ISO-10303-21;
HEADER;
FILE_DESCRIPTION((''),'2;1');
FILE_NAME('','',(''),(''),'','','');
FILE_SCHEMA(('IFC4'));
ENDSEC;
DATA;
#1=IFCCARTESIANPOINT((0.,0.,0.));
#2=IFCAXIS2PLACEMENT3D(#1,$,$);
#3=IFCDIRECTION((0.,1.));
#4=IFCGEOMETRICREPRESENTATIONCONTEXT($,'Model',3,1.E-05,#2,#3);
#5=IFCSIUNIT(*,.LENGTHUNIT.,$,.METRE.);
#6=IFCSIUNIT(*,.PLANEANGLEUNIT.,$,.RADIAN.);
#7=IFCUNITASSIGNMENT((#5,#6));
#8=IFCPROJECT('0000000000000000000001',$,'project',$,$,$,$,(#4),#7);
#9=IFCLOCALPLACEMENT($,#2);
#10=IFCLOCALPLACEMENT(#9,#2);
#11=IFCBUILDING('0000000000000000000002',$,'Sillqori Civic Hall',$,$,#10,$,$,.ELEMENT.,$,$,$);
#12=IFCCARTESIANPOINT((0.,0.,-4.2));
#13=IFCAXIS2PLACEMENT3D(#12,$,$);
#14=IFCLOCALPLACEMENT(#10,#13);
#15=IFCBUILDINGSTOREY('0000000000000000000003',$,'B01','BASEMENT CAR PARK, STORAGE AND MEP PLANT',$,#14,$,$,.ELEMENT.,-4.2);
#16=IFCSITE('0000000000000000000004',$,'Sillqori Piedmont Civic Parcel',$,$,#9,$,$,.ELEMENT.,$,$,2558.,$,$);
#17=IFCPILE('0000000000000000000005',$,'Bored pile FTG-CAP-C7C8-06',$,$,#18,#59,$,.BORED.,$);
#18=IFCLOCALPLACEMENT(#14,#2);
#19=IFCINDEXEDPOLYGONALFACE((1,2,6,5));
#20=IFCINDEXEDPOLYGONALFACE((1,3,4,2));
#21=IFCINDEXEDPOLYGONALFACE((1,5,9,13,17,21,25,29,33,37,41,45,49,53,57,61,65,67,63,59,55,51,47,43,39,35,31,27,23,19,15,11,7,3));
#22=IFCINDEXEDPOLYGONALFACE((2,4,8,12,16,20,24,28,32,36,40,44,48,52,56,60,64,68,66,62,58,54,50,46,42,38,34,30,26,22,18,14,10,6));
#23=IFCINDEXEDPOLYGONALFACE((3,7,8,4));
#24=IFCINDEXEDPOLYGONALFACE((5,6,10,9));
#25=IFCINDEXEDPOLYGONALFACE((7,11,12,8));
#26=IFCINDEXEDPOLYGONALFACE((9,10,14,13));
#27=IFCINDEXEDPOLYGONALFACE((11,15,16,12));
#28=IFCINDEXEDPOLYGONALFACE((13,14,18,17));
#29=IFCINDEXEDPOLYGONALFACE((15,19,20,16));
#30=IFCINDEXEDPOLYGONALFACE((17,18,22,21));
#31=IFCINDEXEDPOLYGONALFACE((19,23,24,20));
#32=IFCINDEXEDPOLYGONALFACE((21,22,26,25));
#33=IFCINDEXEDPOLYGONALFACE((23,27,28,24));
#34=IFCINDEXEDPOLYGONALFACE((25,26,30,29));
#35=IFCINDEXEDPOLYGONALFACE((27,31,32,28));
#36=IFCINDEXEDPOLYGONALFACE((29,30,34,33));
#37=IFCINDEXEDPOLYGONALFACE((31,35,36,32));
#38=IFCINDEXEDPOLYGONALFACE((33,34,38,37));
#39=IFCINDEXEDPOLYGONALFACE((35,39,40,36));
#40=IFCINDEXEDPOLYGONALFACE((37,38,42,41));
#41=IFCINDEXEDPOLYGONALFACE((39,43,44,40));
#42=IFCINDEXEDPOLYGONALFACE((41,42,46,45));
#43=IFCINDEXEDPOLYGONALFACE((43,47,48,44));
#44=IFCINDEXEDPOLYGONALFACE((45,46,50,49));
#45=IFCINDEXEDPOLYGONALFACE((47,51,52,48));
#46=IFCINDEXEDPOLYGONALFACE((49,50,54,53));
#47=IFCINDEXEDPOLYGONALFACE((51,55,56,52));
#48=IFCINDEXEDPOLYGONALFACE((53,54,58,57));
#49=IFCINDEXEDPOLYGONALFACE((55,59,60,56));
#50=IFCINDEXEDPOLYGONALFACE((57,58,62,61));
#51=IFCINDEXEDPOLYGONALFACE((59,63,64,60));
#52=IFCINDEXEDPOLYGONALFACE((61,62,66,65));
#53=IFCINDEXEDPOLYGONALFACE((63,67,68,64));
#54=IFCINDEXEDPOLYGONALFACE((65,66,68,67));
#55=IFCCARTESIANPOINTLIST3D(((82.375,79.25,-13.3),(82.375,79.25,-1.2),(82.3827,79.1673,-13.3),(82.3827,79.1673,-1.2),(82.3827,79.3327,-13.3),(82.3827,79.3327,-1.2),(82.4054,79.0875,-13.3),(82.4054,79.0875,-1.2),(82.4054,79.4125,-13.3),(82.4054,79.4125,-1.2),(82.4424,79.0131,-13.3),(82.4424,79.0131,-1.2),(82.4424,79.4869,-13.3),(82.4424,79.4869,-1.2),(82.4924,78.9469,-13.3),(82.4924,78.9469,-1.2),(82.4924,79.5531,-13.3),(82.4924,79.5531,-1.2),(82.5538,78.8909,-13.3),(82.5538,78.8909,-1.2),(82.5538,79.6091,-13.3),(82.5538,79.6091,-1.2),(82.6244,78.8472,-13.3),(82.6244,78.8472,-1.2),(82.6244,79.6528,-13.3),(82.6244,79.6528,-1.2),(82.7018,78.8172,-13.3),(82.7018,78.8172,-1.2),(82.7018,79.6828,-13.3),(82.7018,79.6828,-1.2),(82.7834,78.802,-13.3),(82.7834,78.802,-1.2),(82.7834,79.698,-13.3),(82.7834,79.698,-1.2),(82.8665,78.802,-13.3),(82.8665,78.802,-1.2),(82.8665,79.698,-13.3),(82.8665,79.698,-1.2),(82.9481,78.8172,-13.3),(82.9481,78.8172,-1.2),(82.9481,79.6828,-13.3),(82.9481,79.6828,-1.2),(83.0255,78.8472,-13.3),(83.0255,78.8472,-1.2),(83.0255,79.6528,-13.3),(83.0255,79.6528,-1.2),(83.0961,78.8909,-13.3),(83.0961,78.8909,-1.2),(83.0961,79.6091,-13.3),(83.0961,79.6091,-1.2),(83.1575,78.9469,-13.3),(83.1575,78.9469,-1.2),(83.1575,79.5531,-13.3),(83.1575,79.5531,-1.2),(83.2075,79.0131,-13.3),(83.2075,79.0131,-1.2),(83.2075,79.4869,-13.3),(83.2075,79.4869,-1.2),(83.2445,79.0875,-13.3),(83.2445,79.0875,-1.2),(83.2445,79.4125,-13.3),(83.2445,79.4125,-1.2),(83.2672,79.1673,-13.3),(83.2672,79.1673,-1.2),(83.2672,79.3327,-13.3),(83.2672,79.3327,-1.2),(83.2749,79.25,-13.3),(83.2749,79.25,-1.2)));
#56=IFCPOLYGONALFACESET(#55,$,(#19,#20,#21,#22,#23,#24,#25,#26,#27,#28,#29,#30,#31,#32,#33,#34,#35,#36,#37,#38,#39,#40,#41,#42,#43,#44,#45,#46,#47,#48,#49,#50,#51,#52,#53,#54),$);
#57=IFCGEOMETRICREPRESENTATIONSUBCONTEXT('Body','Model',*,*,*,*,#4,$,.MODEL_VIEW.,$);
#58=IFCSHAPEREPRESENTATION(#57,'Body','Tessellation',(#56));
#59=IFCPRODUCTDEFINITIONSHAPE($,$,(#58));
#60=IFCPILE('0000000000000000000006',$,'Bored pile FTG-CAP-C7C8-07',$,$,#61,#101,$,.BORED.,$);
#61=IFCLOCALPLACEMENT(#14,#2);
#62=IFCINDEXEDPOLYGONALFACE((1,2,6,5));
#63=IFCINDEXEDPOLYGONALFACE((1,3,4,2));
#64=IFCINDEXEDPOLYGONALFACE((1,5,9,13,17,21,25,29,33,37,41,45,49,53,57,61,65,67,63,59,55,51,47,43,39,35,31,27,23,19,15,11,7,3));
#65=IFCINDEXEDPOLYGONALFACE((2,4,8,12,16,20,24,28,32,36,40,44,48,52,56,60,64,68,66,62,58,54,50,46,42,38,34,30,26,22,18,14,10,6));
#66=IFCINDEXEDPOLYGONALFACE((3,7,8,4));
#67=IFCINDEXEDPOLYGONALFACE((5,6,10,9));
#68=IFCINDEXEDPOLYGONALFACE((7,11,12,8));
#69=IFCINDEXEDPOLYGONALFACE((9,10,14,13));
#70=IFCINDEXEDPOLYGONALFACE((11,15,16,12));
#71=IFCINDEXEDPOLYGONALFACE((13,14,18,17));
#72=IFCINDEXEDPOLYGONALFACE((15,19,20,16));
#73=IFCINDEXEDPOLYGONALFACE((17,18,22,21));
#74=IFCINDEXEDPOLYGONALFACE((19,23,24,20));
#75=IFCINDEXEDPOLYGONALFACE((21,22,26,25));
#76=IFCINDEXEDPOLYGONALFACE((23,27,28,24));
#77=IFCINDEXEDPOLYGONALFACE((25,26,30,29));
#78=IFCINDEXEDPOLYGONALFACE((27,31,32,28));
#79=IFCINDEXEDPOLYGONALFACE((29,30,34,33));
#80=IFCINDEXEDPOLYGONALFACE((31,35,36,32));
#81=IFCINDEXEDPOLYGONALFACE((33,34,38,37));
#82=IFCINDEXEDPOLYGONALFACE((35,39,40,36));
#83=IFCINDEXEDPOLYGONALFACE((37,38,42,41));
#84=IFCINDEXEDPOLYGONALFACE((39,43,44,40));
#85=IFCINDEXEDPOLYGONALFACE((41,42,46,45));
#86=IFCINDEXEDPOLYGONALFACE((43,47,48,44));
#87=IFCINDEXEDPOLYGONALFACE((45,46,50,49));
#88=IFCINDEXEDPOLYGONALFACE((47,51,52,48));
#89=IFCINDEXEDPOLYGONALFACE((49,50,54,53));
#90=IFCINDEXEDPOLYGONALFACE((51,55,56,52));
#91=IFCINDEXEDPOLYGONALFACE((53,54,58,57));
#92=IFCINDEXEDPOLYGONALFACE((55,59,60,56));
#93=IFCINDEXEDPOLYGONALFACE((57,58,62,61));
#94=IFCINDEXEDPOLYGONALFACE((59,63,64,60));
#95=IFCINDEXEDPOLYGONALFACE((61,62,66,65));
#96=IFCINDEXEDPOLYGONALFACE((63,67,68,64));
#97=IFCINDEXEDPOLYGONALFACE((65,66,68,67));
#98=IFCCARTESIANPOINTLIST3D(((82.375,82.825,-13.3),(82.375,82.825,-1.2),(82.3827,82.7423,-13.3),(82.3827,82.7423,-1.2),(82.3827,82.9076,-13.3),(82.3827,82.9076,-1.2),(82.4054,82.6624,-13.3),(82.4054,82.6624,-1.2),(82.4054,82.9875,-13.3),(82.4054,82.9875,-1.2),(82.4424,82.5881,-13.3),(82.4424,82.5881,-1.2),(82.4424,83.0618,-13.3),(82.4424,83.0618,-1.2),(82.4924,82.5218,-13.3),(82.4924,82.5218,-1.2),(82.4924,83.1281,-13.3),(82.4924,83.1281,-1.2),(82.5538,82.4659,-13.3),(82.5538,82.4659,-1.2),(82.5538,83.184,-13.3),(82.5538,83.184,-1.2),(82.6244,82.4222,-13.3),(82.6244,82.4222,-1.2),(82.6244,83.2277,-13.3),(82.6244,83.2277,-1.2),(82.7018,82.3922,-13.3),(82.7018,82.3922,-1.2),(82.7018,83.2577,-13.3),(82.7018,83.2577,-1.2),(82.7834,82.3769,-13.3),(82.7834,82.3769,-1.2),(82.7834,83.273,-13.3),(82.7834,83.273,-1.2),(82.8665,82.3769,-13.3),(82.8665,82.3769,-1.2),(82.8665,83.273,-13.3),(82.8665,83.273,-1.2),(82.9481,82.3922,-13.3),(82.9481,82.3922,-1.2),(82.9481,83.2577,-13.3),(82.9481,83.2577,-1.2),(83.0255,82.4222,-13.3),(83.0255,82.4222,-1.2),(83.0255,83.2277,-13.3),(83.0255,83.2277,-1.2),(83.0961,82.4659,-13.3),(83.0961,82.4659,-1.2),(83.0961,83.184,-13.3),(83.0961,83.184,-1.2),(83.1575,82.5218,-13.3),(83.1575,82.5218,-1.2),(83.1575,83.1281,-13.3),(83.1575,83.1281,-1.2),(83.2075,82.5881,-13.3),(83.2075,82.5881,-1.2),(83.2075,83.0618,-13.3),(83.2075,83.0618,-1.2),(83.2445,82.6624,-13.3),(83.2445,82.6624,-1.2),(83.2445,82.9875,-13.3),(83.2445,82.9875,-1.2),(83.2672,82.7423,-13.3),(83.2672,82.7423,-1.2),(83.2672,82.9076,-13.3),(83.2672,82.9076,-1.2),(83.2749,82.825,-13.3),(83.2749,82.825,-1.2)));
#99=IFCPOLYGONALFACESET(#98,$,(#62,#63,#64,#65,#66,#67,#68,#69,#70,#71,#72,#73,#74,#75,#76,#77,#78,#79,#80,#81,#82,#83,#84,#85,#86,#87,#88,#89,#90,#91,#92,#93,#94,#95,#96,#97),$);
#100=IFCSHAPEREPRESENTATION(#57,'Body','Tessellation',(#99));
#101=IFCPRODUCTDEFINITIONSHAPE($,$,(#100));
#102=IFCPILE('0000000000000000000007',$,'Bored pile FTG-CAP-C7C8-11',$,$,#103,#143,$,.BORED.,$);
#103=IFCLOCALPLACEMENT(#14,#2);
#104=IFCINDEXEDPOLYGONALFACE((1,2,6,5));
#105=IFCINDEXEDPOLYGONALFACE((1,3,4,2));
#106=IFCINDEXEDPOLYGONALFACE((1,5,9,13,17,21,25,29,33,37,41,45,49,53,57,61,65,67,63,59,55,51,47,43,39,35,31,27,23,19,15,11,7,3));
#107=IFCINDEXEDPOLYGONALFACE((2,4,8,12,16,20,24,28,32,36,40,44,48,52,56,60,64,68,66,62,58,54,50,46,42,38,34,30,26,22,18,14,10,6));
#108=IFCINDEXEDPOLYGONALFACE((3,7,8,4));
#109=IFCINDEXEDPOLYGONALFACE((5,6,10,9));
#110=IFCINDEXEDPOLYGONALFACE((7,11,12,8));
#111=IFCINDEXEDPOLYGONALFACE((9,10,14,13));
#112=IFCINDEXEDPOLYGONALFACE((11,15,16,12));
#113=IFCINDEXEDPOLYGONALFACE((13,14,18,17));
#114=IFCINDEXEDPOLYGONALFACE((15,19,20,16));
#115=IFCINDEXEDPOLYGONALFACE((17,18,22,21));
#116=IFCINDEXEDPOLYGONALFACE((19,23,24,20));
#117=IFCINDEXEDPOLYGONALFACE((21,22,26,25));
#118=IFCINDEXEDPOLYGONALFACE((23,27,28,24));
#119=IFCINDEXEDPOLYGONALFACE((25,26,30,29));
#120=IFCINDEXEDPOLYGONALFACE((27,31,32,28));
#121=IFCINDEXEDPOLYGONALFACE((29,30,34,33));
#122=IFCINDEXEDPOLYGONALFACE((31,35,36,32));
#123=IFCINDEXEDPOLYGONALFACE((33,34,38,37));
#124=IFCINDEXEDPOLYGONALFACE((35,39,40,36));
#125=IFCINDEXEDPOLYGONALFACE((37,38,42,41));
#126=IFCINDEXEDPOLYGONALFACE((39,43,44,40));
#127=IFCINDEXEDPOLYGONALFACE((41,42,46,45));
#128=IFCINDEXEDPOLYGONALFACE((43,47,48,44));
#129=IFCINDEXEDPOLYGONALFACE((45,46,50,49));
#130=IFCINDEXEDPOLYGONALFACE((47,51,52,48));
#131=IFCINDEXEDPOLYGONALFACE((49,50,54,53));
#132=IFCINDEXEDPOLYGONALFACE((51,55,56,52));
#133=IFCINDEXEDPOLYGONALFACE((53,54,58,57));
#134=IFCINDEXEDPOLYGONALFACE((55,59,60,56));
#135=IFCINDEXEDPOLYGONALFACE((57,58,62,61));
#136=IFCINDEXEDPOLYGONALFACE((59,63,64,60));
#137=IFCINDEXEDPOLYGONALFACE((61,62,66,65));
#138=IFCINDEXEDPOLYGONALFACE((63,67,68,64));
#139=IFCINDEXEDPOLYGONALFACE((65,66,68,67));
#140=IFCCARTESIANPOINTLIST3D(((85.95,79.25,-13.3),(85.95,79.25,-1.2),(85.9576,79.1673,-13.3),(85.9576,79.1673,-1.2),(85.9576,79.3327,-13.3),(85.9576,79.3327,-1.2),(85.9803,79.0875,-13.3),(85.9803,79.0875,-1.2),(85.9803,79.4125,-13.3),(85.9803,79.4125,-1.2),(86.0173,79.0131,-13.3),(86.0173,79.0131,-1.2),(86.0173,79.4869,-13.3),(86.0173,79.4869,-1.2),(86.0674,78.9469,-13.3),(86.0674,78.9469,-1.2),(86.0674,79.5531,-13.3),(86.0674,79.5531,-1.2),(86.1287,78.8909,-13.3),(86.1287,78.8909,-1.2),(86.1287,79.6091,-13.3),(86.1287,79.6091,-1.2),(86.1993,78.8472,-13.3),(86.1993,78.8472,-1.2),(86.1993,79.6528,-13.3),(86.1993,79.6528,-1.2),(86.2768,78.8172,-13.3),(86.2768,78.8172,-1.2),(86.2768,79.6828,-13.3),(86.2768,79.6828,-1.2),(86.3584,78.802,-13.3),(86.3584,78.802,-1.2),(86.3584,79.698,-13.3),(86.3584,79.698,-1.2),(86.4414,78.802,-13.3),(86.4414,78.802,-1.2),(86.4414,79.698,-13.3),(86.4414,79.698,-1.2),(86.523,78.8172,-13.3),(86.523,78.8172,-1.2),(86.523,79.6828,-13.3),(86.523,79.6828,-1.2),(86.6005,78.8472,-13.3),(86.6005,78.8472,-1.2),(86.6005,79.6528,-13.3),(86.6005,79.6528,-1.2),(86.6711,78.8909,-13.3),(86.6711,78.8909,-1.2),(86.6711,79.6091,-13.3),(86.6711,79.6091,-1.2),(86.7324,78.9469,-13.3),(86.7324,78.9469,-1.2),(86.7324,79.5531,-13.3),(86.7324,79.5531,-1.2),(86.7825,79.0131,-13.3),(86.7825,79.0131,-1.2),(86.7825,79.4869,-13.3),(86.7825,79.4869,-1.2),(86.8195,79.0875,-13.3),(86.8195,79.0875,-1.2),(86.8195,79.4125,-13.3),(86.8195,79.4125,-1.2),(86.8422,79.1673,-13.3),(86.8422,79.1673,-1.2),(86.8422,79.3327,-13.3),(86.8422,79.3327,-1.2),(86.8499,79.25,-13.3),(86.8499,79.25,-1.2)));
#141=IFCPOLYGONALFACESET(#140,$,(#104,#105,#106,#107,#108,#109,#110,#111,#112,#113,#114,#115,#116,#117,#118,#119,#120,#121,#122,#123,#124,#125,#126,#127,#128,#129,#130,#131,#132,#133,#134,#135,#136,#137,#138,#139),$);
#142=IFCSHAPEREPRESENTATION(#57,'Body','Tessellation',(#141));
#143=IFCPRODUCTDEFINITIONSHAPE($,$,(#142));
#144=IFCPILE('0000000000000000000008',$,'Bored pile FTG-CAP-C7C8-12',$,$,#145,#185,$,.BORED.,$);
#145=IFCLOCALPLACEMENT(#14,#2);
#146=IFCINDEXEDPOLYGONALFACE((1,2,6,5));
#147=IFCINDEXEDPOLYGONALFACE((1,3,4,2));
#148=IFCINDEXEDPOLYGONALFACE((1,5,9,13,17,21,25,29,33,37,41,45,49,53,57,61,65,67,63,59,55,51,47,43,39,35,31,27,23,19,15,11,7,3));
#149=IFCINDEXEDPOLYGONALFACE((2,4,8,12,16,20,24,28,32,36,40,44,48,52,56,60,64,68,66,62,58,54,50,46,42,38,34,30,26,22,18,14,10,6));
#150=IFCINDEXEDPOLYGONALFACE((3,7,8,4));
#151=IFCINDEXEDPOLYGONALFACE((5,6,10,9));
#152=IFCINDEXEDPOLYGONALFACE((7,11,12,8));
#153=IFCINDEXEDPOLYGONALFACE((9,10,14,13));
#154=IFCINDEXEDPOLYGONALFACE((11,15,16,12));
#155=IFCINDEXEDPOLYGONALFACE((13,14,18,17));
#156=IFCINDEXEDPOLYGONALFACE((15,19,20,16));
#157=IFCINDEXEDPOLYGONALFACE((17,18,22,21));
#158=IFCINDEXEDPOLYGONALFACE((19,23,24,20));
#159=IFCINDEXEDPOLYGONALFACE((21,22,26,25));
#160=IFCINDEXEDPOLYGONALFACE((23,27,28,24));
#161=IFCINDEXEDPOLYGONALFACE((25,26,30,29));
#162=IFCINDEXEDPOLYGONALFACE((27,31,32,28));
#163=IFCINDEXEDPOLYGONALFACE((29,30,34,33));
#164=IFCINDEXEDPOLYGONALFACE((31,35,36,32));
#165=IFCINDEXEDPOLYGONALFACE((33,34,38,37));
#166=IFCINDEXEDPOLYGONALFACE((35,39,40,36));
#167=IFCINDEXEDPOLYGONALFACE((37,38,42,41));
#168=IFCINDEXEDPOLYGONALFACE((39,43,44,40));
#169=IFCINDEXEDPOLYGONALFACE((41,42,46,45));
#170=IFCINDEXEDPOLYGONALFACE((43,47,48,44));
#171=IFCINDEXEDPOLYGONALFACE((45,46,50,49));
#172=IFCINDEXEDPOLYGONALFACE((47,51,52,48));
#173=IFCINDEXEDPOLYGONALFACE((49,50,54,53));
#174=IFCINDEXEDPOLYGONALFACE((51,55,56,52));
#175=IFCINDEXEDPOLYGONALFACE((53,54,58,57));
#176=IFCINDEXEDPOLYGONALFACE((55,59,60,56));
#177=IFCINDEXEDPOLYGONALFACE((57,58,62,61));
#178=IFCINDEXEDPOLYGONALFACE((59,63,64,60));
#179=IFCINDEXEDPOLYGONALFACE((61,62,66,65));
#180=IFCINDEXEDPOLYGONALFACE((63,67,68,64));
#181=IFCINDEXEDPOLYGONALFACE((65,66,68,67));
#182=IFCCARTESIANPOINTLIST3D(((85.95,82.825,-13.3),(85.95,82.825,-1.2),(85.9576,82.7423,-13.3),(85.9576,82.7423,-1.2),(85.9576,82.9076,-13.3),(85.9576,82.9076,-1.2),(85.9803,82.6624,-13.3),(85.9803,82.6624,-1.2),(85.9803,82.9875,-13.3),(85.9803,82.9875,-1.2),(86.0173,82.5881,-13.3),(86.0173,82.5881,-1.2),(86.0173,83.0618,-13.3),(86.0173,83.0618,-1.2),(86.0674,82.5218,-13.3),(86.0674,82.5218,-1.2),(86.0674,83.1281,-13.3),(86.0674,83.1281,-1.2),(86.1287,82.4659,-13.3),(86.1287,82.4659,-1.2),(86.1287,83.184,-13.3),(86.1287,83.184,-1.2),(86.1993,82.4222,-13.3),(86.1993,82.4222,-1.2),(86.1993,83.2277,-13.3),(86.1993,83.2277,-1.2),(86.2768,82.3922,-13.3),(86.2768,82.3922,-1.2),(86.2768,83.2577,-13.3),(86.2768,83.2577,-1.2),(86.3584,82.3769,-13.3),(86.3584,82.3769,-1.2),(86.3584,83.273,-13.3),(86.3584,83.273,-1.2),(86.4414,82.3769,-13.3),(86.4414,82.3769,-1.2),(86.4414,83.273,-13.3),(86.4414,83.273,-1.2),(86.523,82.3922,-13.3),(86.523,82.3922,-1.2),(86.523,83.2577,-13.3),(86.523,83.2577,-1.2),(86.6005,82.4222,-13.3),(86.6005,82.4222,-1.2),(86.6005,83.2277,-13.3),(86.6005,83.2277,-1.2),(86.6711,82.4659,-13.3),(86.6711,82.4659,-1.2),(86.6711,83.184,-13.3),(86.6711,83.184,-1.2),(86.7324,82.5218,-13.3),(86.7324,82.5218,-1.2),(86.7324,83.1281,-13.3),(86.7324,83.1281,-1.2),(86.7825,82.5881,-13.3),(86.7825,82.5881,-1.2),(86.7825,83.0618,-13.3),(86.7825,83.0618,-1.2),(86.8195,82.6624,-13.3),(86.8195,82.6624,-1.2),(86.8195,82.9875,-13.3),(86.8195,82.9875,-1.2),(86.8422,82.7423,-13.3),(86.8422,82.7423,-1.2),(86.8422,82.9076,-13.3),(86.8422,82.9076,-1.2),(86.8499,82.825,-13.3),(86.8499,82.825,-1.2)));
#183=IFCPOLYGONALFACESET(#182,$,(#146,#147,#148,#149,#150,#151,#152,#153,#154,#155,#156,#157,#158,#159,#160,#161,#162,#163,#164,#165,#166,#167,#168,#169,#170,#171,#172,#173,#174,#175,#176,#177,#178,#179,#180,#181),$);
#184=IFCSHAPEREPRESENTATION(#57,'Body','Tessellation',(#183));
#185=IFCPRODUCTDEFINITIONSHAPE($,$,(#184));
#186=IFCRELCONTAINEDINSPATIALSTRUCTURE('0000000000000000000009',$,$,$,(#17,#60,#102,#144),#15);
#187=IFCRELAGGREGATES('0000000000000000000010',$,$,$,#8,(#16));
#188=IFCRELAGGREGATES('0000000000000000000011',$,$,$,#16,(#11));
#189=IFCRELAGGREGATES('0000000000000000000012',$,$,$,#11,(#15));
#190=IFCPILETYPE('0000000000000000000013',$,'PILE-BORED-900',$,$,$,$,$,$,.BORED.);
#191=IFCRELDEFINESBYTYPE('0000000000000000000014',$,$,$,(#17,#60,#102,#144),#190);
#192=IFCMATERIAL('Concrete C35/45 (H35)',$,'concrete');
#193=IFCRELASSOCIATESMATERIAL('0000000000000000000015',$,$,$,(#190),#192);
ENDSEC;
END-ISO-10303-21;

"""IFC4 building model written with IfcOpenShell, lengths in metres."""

from ifc_helpers import new_model, si_unit, direction, frame, origin, origin_2d, place, context, subcontext, project, spatial, circle, extrude, material, material_profile, profile_set, type_object, element, save


model = new_model("IFC4")

# Units and contexts
model_context = context("Model", 3, precision=1e-05, world=origin(), true_north=direction((0.0, 1.0)))
body_context = subcontext(model_context, "Body", "Model", "MODEL_VIEW")
ifc_project = project(units=[si_unit("LENGTHUNIT", "METRE"), si_unit("PLANEANGLEUNIT", "RADIAN")], contexts=[model_context])

# Site, building, storey
site_placement = place(None, origin())
site = spatial("IfcSite", under=ifc_project, at=site_placement, Name="Sillqori Piedmont Civic Parcel", CompositionType="ELEMENT", RefElevation=2558.0)
building_placement = place(site_placement, origin())
building = spatial("IfcBuilding", under=site, at=building_placement, Name="Sillqori Civic Hall", CompositionType="ELEMENT")
storey_placement = place(building_placement, frame((0.0, 0.0, -4.2)))
storey = spatial("IfcBuildingStorey", under=building, at=storey_placement, Name="B01", Description="BASEMENT CAR PARK, STORAGE AND MEP PLANT", CompositionType="ELEMENT", Elevation=-4.2)

# Piles
ifc_material_1 = material(Name="Concrete C35/45 (H35)", Category="concrete")
ifc_material_profile_1 = material_profile(ifc_material_1, circle(Radius=0.45, at=origin_2d()), Name="BORED PILE 900")
ifc_profile_set_1 = profile_set([ifc_material_profile_1], Name="Concrete C35/45 (H35)")
pile_type = type_object("IfcPileType", Name="PILE-BORED-900", PredefinedType="BORED", material=ifc_profile_set_1)
for number, where, z_axis, x_axis, name in (
    (1, (82.825, 79.25, -1.2), (0.0, 0.0, -1.0), (1.0, 0.0, 0.0), "Bored pile FTG-CAP-C7C8-06"),
    (2, (82.825, 82.825, -1.2), (0.0, 0.0, -1.0), (1.0, 0.0, 0.0), "Bored pile FTG-CAP-C7C8-07"),
    (3, (86.3999, 79.25, -1.2), (0.0, 0.0, -1.0), (1.0, 0.0, 0.0), "Bored pile FTG-CAP-C7C8-11"),
    (4, (86.3999, 82.825, -1.2), (0.0, 0.0, -1.0), (1.0, 0.0, 0.0), "Bored pile FTG-CAP-C7C8-12"),
):
    element("IfcPile", number, at=place(storey_placement, frame(where, z_axis=z_axis, x_axis=x_axis)), inside=storey, type_object=pile_type, Name=name, PredefinedType="BORED", context=body_context, shape_type="SweptSolid", body=[
        extrude(circle(Radius=0.45, at=origin_2d()), origin(), (0.0, 0.0, 1.0), 12.1001),
    ])

save(model, "model.ifc")
